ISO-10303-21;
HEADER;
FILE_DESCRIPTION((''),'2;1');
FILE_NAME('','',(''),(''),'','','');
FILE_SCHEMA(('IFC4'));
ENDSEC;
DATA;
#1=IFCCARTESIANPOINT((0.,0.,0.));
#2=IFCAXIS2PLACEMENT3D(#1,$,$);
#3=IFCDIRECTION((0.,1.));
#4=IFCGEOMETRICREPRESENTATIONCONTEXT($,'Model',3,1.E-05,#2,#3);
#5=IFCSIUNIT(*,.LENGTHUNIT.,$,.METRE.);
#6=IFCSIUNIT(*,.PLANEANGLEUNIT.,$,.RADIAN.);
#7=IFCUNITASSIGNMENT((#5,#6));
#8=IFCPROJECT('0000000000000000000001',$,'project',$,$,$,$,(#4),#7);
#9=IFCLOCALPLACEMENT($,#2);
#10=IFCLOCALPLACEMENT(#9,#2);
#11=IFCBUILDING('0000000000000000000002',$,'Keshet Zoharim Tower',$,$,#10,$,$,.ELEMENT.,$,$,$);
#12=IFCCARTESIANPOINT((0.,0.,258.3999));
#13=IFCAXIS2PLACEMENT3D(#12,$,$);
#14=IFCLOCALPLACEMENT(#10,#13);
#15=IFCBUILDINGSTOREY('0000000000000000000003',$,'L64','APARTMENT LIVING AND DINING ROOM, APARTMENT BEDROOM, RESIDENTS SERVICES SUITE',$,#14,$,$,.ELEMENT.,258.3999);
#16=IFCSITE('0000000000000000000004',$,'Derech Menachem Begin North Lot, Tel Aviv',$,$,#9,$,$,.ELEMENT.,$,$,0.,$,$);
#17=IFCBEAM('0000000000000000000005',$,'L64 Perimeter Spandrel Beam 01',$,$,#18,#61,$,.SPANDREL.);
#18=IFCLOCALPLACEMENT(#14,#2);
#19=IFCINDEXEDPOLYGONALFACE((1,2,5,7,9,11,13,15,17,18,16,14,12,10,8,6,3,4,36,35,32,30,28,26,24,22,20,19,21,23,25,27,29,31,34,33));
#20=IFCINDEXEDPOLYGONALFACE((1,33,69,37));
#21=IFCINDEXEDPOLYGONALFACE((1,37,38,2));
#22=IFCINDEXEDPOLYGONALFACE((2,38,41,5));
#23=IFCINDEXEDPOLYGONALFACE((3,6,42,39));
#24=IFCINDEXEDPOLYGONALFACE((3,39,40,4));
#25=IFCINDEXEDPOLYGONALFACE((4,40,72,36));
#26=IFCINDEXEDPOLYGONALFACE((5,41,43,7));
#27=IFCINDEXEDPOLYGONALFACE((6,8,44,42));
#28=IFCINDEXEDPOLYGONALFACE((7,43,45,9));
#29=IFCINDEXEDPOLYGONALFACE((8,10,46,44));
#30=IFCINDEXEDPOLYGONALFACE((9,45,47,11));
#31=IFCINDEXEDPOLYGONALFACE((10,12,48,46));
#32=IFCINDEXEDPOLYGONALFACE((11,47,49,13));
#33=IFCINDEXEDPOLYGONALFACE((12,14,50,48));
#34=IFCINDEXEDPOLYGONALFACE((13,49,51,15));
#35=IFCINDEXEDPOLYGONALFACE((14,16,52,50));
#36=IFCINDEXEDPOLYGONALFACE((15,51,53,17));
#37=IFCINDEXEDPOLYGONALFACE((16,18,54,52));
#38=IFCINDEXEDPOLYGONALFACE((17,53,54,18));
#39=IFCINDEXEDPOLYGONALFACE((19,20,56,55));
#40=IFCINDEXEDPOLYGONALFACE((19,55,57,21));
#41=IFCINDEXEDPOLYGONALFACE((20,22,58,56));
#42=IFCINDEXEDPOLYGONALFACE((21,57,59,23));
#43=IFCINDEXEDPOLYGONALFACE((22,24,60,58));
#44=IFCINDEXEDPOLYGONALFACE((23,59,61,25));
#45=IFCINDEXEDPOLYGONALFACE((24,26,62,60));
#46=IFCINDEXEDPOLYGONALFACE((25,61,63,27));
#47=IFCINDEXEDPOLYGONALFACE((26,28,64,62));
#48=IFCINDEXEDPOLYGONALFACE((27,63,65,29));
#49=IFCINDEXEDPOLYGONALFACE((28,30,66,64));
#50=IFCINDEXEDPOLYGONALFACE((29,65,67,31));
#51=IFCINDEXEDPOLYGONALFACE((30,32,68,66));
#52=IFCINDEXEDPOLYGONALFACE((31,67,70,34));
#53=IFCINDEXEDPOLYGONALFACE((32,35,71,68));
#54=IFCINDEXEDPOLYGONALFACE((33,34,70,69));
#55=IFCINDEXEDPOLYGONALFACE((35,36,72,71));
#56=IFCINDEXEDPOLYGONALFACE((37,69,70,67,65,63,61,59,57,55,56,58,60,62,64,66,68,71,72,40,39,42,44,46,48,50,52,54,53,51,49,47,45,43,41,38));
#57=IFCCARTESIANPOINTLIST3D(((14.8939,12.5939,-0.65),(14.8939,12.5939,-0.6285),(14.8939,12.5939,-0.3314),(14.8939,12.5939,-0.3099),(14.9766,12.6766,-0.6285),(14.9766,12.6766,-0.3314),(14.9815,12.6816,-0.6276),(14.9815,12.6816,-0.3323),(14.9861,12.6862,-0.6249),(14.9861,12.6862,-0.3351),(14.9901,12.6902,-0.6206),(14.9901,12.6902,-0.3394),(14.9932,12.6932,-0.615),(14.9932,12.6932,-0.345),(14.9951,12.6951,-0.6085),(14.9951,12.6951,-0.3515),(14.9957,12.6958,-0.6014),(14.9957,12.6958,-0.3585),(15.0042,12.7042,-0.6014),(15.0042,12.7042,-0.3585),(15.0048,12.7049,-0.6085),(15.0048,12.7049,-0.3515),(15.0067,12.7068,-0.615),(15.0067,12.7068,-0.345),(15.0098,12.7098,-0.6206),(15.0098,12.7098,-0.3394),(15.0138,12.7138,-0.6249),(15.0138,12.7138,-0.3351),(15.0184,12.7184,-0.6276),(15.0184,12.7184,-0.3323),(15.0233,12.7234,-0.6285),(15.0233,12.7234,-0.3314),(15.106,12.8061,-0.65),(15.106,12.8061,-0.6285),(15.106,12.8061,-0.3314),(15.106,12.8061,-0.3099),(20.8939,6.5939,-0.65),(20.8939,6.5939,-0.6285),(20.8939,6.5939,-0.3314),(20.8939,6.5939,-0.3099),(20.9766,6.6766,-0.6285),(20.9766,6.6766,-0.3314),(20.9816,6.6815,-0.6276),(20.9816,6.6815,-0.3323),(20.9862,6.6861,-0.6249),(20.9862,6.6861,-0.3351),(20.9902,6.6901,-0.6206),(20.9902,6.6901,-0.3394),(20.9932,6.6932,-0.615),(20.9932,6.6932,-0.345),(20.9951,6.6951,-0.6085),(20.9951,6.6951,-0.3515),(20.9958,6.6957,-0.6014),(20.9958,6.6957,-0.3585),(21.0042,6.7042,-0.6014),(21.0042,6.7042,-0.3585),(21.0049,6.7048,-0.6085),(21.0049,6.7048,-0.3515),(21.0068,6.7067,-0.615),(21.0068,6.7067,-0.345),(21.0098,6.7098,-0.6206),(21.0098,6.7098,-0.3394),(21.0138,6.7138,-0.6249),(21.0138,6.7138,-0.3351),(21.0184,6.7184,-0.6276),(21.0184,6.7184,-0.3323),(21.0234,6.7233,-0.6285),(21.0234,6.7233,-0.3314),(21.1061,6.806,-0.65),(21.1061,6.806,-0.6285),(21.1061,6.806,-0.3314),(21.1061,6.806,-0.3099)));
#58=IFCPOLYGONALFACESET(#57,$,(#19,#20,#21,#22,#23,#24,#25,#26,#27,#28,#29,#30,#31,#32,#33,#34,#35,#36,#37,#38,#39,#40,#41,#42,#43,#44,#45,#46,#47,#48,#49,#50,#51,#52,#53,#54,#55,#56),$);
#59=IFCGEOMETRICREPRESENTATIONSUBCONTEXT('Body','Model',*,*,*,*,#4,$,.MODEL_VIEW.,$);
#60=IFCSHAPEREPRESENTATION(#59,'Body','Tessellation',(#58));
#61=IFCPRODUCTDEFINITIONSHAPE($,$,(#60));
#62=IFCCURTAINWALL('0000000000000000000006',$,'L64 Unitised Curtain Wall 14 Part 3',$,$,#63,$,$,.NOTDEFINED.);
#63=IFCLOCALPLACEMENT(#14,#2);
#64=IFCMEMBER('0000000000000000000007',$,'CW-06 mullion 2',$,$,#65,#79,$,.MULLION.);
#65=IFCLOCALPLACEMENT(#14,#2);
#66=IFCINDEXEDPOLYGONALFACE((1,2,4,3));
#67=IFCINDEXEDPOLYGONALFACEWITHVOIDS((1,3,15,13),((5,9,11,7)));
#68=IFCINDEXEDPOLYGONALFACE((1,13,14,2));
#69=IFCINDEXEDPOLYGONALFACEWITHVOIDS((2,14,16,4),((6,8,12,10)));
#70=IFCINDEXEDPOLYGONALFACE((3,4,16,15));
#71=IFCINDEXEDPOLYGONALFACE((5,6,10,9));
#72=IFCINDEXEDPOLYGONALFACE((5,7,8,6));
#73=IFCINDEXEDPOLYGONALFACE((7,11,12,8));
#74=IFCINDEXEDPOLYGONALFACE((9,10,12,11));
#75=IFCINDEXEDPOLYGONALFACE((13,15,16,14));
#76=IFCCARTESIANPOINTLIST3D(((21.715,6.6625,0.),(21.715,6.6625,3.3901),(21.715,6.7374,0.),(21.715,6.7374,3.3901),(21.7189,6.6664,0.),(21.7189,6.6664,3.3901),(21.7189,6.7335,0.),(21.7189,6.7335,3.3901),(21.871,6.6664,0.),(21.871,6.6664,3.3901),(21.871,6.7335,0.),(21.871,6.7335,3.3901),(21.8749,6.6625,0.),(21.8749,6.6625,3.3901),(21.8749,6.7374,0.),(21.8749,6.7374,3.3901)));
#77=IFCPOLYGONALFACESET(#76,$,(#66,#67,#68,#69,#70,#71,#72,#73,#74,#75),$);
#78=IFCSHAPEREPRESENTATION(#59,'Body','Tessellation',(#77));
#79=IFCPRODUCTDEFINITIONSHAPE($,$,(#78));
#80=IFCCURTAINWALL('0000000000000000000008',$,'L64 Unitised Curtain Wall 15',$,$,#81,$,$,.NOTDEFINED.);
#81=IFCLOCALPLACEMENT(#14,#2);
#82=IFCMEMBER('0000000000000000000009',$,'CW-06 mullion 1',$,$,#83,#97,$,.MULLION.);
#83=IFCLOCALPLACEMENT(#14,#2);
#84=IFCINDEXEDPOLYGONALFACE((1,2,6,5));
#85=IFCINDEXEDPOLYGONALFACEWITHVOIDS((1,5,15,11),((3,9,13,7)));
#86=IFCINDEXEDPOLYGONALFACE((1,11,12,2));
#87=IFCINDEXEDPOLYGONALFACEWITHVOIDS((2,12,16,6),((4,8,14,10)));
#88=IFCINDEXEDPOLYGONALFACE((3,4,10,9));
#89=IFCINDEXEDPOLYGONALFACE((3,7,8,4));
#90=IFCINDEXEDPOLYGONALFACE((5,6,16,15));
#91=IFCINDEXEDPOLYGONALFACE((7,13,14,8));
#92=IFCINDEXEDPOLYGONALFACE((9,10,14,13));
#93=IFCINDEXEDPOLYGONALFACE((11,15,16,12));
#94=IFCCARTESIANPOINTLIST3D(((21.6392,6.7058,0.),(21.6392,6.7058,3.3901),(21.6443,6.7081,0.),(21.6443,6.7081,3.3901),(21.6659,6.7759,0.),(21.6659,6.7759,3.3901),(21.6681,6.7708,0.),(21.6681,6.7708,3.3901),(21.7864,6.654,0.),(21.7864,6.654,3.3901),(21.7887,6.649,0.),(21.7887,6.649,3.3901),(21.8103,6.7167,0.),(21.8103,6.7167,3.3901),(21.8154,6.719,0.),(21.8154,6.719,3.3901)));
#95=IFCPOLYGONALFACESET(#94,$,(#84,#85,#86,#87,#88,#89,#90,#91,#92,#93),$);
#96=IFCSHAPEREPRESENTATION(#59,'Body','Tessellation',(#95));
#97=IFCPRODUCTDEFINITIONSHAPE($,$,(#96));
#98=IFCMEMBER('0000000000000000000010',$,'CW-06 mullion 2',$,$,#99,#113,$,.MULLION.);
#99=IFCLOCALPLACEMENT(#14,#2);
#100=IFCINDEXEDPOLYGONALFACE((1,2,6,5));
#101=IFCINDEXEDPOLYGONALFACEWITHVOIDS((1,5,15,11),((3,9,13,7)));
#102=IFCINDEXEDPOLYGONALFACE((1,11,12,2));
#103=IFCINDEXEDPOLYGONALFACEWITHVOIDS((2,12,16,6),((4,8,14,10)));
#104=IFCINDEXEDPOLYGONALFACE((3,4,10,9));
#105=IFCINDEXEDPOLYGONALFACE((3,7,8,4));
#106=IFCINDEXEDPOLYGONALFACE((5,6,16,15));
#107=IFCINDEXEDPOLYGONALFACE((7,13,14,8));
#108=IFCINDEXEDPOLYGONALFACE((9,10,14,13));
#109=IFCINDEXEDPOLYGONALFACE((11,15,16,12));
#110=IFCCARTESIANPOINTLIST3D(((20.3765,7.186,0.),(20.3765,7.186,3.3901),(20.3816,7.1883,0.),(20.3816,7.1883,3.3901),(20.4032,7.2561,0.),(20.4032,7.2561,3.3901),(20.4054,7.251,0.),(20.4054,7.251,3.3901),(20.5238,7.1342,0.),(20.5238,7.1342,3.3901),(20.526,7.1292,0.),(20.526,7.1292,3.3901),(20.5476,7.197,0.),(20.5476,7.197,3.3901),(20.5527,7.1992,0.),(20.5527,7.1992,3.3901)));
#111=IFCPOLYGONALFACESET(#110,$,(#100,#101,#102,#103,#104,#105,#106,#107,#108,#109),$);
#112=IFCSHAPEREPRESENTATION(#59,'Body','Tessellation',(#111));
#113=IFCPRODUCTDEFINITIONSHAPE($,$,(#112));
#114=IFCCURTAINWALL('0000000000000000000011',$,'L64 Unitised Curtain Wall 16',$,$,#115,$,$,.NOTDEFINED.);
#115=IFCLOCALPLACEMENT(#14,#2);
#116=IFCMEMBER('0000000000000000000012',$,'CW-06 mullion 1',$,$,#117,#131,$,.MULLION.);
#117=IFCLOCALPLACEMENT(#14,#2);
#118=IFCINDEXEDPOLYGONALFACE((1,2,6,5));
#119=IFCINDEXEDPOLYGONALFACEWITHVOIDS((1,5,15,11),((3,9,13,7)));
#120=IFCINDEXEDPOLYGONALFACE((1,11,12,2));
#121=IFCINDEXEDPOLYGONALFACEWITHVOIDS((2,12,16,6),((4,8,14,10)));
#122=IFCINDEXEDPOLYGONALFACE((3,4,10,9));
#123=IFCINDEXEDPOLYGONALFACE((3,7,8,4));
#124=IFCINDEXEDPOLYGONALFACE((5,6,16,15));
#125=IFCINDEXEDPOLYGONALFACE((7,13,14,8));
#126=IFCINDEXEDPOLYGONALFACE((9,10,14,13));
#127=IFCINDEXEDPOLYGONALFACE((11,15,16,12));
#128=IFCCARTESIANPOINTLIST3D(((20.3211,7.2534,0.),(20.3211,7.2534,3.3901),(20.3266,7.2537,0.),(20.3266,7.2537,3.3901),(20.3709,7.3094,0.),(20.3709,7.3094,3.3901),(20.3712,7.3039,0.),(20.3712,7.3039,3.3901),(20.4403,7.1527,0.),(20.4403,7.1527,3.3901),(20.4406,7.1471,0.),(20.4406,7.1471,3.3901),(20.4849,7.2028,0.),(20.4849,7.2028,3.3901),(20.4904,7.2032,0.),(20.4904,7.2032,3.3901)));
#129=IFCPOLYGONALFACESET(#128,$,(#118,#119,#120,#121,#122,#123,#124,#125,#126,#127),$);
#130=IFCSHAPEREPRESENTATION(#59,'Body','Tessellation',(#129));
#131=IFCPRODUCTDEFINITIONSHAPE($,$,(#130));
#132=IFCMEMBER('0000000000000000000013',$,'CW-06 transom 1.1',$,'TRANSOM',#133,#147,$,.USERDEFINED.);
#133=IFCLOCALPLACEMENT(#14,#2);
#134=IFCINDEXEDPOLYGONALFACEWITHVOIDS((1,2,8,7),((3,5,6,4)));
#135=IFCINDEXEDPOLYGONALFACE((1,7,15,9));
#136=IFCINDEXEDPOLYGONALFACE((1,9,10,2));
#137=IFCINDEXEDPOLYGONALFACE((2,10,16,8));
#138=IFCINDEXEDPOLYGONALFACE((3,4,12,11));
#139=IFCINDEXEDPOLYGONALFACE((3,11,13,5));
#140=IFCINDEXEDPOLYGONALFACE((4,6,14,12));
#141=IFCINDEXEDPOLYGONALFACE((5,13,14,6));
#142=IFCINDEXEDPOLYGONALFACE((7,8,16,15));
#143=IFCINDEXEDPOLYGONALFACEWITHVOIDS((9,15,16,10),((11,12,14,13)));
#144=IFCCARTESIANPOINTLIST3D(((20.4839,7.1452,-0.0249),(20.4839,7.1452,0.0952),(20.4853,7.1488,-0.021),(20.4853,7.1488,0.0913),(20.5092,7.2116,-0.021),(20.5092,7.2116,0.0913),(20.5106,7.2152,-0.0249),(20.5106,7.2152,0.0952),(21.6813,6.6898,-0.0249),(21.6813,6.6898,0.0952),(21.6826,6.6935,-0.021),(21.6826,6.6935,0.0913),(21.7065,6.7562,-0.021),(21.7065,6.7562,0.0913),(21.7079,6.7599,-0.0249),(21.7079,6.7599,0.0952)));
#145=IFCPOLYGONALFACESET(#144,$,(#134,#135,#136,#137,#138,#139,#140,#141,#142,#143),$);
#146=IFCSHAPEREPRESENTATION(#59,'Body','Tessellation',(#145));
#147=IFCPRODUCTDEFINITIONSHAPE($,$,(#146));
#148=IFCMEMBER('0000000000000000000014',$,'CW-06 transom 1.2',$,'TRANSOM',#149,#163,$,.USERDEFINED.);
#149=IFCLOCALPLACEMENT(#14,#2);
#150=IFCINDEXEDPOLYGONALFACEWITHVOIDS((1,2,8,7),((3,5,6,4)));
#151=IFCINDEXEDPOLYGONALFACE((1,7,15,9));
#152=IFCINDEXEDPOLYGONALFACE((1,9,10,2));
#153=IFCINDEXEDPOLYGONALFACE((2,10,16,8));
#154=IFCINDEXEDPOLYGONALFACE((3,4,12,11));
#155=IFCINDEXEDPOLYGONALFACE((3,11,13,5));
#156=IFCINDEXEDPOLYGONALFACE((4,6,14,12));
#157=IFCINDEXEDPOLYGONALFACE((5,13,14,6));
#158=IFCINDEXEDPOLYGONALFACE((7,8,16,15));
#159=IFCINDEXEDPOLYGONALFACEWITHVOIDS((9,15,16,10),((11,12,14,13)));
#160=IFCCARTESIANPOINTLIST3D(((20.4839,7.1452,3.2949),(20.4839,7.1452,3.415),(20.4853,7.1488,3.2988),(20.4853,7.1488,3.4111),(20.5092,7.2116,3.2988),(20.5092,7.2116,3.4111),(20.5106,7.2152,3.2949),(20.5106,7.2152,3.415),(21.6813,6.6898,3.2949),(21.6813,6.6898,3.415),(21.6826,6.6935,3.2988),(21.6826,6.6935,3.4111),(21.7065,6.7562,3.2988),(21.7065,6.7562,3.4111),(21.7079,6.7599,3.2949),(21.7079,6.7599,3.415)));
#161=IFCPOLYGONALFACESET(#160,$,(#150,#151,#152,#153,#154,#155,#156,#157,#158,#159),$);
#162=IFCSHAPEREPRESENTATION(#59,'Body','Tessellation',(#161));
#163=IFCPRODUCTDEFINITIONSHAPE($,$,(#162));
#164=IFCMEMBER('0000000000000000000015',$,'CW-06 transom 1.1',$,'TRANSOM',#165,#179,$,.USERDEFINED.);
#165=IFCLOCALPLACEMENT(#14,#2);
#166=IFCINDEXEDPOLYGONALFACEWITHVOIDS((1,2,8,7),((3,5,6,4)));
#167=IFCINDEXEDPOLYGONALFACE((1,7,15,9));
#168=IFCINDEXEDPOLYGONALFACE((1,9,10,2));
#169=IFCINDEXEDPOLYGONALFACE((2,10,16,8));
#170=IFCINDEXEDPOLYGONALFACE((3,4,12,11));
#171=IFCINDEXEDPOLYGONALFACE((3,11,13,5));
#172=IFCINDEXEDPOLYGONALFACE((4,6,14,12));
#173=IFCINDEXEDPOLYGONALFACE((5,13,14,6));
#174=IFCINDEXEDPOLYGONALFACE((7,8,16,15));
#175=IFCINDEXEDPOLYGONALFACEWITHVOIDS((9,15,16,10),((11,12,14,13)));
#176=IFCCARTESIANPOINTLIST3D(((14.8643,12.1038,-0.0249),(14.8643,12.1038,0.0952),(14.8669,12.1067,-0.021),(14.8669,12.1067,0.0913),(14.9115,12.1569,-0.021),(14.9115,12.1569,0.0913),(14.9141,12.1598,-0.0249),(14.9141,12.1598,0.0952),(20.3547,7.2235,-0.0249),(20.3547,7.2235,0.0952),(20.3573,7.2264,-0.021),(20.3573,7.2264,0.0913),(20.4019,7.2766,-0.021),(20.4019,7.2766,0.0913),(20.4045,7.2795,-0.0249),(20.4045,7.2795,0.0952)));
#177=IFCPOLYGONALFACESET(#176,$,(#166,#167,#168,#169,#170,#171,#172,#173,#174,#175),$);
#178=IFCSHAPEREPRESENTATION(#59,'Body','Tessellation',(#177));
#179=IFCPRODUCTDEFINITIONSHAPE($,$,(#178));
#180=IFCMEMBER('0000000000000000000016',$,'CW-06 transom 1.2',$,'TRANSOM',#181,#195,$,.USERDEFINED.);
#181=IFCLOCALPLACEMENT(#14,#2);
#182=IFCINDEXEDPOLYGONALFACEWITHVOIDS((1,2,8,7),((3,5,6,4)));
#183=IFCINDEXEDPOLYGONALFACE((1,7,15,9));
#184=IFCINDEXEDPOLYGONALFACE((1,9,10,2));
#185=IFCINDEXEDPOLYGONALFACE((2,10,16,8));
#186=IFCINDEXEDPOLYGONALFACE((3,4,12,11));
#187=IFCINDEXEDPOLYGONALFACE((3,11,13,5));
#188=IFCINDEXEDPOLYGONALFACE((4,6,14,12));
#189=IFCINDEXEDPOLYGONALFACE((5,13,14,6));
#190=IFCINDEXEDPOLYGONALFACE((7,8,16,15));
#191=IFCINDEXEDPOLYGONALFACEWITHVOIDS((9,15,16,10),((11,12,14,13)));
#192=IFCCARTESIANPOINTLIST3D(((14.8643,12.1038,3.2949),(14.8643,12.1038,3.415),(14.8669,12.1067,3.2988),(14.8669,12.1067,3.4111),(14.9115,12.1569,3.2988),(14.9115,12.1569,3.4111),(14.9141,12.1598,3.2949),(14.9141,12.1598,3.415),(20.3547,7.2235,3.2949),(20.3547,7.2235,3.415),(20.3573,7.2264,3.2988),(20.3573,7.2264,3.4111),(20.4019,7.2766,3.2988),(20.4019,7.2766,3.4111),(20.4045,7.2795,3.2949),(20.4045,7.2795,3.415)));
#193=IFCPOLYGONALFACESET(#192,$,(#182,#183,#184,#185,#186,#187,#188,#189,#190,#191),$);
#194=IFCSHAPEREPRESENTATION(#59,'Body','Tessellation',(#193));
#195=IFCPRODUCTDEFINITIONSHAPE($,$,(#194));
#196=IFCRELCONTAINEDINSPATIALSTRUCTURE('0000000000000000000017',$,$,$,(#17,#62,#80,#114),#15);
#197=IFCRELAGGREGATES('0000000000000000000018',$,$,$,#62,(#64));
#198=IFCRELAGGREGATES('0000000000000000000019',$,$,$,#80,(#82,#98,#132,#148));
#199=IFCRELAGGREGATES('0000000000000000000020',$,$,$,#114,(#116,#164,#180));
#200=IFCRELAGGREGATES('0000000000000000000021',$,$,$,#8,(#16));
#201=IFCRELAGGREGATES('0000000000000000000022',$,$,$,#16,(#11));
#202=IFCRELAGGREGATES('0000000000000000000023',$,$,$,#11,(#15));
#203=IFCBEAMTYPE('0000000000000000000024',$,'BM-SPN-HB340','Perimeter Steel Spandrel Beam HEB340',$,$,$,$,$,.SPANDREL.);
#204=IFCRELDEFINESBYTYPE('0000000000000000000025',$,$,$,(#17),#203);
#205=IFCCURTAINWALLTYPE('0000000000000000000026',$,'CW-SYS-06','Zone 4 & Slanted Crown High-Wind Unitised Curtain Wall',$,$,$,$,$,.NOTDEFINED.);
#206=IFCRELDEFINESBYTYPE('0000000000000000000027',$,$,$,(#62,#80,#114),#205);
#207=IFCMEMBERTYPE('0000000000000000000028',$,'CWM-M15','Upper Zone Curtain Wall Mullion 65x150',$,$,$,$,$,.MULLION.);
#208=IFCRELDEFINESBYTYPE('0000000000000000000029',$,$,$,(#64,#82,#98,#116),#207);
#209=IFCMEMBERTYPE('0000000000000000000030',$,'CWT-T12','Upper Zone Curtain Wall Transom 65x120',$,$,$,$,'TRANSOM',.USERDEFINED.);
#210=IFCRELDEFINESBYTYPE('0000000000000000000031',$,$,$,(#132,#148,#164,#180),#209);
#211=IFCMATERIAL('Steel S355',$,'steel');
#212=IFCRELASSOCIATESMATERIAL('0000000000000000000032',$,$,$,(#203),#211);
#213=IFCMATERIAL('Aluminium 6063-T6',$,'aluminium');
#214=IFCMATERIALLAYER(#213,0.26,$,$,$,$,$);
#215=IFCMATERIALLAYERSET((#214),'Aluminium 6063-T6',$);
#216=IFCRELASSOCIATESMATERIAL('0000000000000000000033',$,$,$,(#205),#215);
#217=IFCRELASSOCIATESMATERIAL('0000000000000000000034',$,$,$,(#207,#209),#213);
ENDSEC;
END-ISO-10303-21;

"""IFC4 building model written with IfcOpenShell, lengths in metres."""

from ifc_helpers import new_model, si_unit, direction, frame, origin, origin_2d, place, context, subcontext, project, spatial, hollow_rectangle, i_section, extrude, material, layer, layer_set, material_profile, profile_set, type_object, element, aggregate, save


model = new_model("IFC4")

# Units and contexts
model_context = context("Model", 3, precision=1e-05, world=origin(), true_north=direction((0.0, 1.0)))
body_context = subcontext(model_context, "Body", "Model", "MODEL_VIEW")
ifc_project = project(units=[si_unit("LENGTHUNIT", "METRE"), si_unit("PLANEANGLEUNIT", "RADIAN")], contexts=[model_context])

# Site, building, storey
site_placement = place(None, origin())
site = spatial("IfcSite", under=ifc_project, at=site_placement, Name="Derech Menachem Begin North Lot, Tel Aviv", CompositionType="ELEMENT", RefElevation=0.0)
building_placement = place(site_placement, origin())
building = spatial("IfcBuilding", under=site, at=building_placement, Name="Keshet Zoharim Tower", CompositionType="ELEMENT")
storey_placement = place(building_placement, frame((0.0, 0.0, 258.3999)))
storey = spatial("IfcBuildingStorey", under=building, at=storey_placement, Name="L64", Description="APARTMENT LIVING AND DINING ROOM, APARTMENT BEDROOM, RESIDENTS SERVICES SUITE", CompositionType="ELEMENT", Elevation=258.3999)

# Shared definitions
ifc_material_1 = material(Name="Steel S355", Category="steel")

# Beam
ifc_material_profile_1 = material_profile(ifc_material_1, i_section(OverallWidth=0.3, OverallDepth=0.3401, WebThickness=0.012, FlangeThickness=0.0215, FilletRadius=0.0271, at=origin_2d()), Name="HEB340")
ifc_profile_set_1 = profile_set([ifc_material_profile_1], Name="Steel S355")
beam_type_1 = type_object("IfcBeamType", Name="BM-SPN-HB340", Description="Perimeter Steel Spandrel Beam HEB340", PredefinedType="SPANDREL", material=ifc_profile_set_1)
beam_1_placement = place(storey_placement, frame((21.0, 6.7, -0.48), z_axis=(-0.707107, 0.707107, 0.0), x_axis=(-0.707107, -0.707107, 0.0)))
element("IfcBeam", 1, at=beam_1_placement, inside=storey, type_object=beam_type_1, Name="L64 Perimeter Spandrel Beam 01", PredefinedType="SPANDREL", context=body_context, shape_type="SweptSolid", body=[
    extrude(i_section(OverallWidth=0.3, OverallDepth=0.3401, WebThickness=0.012, FlangeThickness=0.0215, FilletRadius=0.0271, at=origin_2d()), origin(), (0.0, 0.0, 1.0), 8.4854),
])

# Curtain wall, member
ifc_material_2 = material(Name="Aluminium 6063-T6", Category="aluminium")
ifc_layer_1 = layer(ifc_material_2, 0.26)
ifc_layer_set_1 = layer_set([ifc_layer_1], Name="Aluminium 6063-T6")
curtain_wall_type = type_object("IfcCurtainWallType", Name="CW-SYS-06", Description="Zone 4 & Slanted Crown High-Wind Unitised Curtain Wall", PredefinedType="NOTDEFINED", material=ifc_layer_set_1)
curtain_wall_1_placement = place(storey_placement, origin())
curtain_wall_1 = element("IfcCurtainWall", 2, at=curtain_wall_1_placement, inside=storey, type_object=curtain_wall_type, Name="L64 Unitised Curtain Wall 14 Part 3", PredefinedType="NOTDEFINED")
ifc_material_profile_2 = material_profile(ifc_material_2, hollow_rectangle(XDim=0.075, YDim=0.1599, WallThickness=0.0039, at=origin_2d()), Name="MUL-75x160")
ifc_profile_set_2 = profile_set([ifc_material_profile_2], Name="Aluminium 6063-T6")
member_type_1 = type_object("IfcMemberType", Name="CWM-M15", Description="Upper Zone Curtain Wall Mullion 65x150", PredefinedType="MULLION", material=ifc_profile_set_2)
member_1_placement = place(storey_placement, frame((21.7949, 6.7, 0.0), z_axis=(0.0, 0.0, 1.0), x_axis=(0.0, -1.0, 0.0)))
member_1 = element("IfcMember", 3, at=member_1_placement, type_object=member_type_1, Name="CW-06 mullion 2", PredefinedType="MULLION", context=body_context, shape_type="SweptSolid", body=[
    extrude(hollow_rectangle(XDim=0.075, YDim=0.1599, WallThickness=0.0039, at=origin_2d()), origin(), (0.0, 0.0, 1.0), 3.3901),
])
aggregate(curtain_wall_1, [member_1])

# Curtain wall, members
curtain_wall_2_placement = place(storey_placement, origin())
curtain_wall_2 = element("IfcCurtainWall", 4, at=curtain_wall_2_placement, inside=storey, type_object=curtain_wall_type, Name="L64 Unitised Curtain Wall 15", PredefinedType="NOTDEFINED")
member_2_placement = place(storey_placement, frame((21.7273, 6.7124, 0.0), z_axis=(0.0, 0.0, 1.0), x_axis=(-0.355439, -0.934699, 0.0)))
member_2 = element("IfcMember", 5, at=member_2_placement, type_object=member_type_1, Name="CW-06 mullion 1", PredefinedType="MULLION", context=body_context, shape_type="SweptSolid", body=[
    extrude(hollow_rectangle(XDim=0.075, YDim=0.1599, WallThickness=0.0039, at=origin_2d()), origin(), (0.0, 0.0, 1.0), 3.3901),
])
member_3_placement = place(storey_placement, frame((20.4646, 7.1926, 0.0), z_axis=(0.0, 0.0, 1.0), x_axis=(-0.355439, -0.934699, 0.0)))
member_3 = element("IfcMember", 6, at=member_3_placement, type_object=member_type_1, Name="CW-06 mullion 2", PredefinedType="MULLION", context=body_context, shape_type="SweptSolid", body=[
    extrude(hollow_rectangle(XDim=0.075, YDim=0.1599, WallThickness=0.0039, at=origin_2d()), origin(), (0.0, 0.0, 1.0), 3.3901),
])

# Curtain wall, member
curtain_wall_3_placement = place(storey_placement, origin())
curtain_wall_3 = element("IfcCurtainWall", 7, at=curtain_wall_3_placement, inside=storey, type_object=curtain_wall_type, Name="L64 Unitised Curtain Wall 16", PredefinedType="NOTDEFINED")
member_4_placement = place(storey_placement, frame((20.4058, 7.2283, 0.0), z_axis=(0.0, 0.0, 1.0), x_axis=(-0.664362, -0.747411, 0.0)))
member_4 = element("IfcMember", 8, at=member_4_placement, type_object=member_type_1, Name="CW-06 mullion 1", PredefinedType="MULLION", context=body_context, shape_type="SweptSolid", body=[
    extrude(hollow_rectangle(XDim=0.075, YDim=0.1599, WallThickness=0.0039, at=origin_2d()), origin(), (0.0, 0.0, 1.0), 3.3901),
])

# Members
ifc_material_profile_3 = material_profile(ifc_material_2, hollow_rectangle(XDim=0.075, YDim=0.1201, WallThickness=0.0039, at=origin_2d()), Name="TRN-75x120")
ifc_profile_set_3 = profile_set([ifc_material_profile_3], Name="Aluminium 6063-T6")
member_type_2 = type_object("IfcMemberType", Name="CWT-T12", Description="Upper Zone Curtain Wall Transom 65x120", ElementType="TRANSOM", PredefinedType="USERDEFINED", material=ifc_profile_set_3)
member_5_placement = place(storey_placement, frame((21.6946, 6.7249, 0.0352), z_axis=(-0.93469, 0.355464, 0.0), x_axis=(-0.355464, -0.93469, 0.0)))
member_5 = element("IfcMember", 9, at=member_5_placement, type_object=member_type_2, Name="CW-06 transom 1.1", ObjectType="TRANSOM", PredefinedType="USERDEFINED", context=body_context, shape_type="SweptSolid", body=[
    extrude(hollow_rectangle(XDim=0.075, YDim=0.1201, WallThickness=0.0039, at=origin_2d()), origin(), (0.0, 0.0, 1.0), 1.281),
])
member_6_placement = place(storey_placement, frame((21.6946, 6.7249, 3.355), z_axis=(-0.93469, 0.355464, 0.0), x_axis=(-0.355464, -0.93469, 0.0)))
member_6 = element("IfcMember", 10, at=member_6_placement, type_object=member_type_2, Name="CW-06 transom 1.2", ObjectType="TRANSOM", PredefinedType="USERDEFINED", context=body_context, shape_type="SweptSolid", body=[
    extrude(hollow_rectangle(XDim=0.075, YDim=0.1201, WallThickness=0.0039, at=origin_2d()), origin(), (0.0, 0.0, 1.0), 1.281),
])
member_7_placement = place(storey_placement, frame((20.3796, 7.2515, 0.0352), z_axis=(-0.747413, 0.66436, 0.0), x_axis=(-0.66436, -0.747413, 0.0)))
member_7 = element("IfcMember", 11, at=member_7_placement, type_object=member_type_2, Name="CW-06 transom 1.1", ObjectType="TRANSOM", PredefinedType="USERDEFINED", context=body_context, shape_type="SweptSolid", body=[
    extrude(hollow_rectangle(XDim=0.075, YDim=0.1201, WallThickness=0.0039, at=origin_2d()), origin(), (0.0, 0.0, 1.0), 7.3459),
])
member_8_placement = place(storey_placement, frame((20.3796, 7.2515, 3.355), z_axis=(-0.747413, 0.66436, 0.0), x_axis=(-0.66436, -0.747413, 0.0)))
member_8 = element("IfcMember", 12, at=member_8_placement, type_object=member_type_2, Name="CW-06 transom 1.2", ObjectType="TRANSOM", PredefinedType="USERDEFINED", context=body_context, shape_type="SweptSolid", body=[
    extrude(hollow_rectangle(XDim=0.075, YDim=0.1201, WallThickness=0.0039, at=origin_2d()), origin(), (0.0, 0.0, 1.0), 7.3459),
])

aggregate(curtain_wall_2, [member_2, member_3, member_5, member_6])
aggregate(curtain_wall_3, [member_4, member_7, member_8])

save(model, "model.ifc")
